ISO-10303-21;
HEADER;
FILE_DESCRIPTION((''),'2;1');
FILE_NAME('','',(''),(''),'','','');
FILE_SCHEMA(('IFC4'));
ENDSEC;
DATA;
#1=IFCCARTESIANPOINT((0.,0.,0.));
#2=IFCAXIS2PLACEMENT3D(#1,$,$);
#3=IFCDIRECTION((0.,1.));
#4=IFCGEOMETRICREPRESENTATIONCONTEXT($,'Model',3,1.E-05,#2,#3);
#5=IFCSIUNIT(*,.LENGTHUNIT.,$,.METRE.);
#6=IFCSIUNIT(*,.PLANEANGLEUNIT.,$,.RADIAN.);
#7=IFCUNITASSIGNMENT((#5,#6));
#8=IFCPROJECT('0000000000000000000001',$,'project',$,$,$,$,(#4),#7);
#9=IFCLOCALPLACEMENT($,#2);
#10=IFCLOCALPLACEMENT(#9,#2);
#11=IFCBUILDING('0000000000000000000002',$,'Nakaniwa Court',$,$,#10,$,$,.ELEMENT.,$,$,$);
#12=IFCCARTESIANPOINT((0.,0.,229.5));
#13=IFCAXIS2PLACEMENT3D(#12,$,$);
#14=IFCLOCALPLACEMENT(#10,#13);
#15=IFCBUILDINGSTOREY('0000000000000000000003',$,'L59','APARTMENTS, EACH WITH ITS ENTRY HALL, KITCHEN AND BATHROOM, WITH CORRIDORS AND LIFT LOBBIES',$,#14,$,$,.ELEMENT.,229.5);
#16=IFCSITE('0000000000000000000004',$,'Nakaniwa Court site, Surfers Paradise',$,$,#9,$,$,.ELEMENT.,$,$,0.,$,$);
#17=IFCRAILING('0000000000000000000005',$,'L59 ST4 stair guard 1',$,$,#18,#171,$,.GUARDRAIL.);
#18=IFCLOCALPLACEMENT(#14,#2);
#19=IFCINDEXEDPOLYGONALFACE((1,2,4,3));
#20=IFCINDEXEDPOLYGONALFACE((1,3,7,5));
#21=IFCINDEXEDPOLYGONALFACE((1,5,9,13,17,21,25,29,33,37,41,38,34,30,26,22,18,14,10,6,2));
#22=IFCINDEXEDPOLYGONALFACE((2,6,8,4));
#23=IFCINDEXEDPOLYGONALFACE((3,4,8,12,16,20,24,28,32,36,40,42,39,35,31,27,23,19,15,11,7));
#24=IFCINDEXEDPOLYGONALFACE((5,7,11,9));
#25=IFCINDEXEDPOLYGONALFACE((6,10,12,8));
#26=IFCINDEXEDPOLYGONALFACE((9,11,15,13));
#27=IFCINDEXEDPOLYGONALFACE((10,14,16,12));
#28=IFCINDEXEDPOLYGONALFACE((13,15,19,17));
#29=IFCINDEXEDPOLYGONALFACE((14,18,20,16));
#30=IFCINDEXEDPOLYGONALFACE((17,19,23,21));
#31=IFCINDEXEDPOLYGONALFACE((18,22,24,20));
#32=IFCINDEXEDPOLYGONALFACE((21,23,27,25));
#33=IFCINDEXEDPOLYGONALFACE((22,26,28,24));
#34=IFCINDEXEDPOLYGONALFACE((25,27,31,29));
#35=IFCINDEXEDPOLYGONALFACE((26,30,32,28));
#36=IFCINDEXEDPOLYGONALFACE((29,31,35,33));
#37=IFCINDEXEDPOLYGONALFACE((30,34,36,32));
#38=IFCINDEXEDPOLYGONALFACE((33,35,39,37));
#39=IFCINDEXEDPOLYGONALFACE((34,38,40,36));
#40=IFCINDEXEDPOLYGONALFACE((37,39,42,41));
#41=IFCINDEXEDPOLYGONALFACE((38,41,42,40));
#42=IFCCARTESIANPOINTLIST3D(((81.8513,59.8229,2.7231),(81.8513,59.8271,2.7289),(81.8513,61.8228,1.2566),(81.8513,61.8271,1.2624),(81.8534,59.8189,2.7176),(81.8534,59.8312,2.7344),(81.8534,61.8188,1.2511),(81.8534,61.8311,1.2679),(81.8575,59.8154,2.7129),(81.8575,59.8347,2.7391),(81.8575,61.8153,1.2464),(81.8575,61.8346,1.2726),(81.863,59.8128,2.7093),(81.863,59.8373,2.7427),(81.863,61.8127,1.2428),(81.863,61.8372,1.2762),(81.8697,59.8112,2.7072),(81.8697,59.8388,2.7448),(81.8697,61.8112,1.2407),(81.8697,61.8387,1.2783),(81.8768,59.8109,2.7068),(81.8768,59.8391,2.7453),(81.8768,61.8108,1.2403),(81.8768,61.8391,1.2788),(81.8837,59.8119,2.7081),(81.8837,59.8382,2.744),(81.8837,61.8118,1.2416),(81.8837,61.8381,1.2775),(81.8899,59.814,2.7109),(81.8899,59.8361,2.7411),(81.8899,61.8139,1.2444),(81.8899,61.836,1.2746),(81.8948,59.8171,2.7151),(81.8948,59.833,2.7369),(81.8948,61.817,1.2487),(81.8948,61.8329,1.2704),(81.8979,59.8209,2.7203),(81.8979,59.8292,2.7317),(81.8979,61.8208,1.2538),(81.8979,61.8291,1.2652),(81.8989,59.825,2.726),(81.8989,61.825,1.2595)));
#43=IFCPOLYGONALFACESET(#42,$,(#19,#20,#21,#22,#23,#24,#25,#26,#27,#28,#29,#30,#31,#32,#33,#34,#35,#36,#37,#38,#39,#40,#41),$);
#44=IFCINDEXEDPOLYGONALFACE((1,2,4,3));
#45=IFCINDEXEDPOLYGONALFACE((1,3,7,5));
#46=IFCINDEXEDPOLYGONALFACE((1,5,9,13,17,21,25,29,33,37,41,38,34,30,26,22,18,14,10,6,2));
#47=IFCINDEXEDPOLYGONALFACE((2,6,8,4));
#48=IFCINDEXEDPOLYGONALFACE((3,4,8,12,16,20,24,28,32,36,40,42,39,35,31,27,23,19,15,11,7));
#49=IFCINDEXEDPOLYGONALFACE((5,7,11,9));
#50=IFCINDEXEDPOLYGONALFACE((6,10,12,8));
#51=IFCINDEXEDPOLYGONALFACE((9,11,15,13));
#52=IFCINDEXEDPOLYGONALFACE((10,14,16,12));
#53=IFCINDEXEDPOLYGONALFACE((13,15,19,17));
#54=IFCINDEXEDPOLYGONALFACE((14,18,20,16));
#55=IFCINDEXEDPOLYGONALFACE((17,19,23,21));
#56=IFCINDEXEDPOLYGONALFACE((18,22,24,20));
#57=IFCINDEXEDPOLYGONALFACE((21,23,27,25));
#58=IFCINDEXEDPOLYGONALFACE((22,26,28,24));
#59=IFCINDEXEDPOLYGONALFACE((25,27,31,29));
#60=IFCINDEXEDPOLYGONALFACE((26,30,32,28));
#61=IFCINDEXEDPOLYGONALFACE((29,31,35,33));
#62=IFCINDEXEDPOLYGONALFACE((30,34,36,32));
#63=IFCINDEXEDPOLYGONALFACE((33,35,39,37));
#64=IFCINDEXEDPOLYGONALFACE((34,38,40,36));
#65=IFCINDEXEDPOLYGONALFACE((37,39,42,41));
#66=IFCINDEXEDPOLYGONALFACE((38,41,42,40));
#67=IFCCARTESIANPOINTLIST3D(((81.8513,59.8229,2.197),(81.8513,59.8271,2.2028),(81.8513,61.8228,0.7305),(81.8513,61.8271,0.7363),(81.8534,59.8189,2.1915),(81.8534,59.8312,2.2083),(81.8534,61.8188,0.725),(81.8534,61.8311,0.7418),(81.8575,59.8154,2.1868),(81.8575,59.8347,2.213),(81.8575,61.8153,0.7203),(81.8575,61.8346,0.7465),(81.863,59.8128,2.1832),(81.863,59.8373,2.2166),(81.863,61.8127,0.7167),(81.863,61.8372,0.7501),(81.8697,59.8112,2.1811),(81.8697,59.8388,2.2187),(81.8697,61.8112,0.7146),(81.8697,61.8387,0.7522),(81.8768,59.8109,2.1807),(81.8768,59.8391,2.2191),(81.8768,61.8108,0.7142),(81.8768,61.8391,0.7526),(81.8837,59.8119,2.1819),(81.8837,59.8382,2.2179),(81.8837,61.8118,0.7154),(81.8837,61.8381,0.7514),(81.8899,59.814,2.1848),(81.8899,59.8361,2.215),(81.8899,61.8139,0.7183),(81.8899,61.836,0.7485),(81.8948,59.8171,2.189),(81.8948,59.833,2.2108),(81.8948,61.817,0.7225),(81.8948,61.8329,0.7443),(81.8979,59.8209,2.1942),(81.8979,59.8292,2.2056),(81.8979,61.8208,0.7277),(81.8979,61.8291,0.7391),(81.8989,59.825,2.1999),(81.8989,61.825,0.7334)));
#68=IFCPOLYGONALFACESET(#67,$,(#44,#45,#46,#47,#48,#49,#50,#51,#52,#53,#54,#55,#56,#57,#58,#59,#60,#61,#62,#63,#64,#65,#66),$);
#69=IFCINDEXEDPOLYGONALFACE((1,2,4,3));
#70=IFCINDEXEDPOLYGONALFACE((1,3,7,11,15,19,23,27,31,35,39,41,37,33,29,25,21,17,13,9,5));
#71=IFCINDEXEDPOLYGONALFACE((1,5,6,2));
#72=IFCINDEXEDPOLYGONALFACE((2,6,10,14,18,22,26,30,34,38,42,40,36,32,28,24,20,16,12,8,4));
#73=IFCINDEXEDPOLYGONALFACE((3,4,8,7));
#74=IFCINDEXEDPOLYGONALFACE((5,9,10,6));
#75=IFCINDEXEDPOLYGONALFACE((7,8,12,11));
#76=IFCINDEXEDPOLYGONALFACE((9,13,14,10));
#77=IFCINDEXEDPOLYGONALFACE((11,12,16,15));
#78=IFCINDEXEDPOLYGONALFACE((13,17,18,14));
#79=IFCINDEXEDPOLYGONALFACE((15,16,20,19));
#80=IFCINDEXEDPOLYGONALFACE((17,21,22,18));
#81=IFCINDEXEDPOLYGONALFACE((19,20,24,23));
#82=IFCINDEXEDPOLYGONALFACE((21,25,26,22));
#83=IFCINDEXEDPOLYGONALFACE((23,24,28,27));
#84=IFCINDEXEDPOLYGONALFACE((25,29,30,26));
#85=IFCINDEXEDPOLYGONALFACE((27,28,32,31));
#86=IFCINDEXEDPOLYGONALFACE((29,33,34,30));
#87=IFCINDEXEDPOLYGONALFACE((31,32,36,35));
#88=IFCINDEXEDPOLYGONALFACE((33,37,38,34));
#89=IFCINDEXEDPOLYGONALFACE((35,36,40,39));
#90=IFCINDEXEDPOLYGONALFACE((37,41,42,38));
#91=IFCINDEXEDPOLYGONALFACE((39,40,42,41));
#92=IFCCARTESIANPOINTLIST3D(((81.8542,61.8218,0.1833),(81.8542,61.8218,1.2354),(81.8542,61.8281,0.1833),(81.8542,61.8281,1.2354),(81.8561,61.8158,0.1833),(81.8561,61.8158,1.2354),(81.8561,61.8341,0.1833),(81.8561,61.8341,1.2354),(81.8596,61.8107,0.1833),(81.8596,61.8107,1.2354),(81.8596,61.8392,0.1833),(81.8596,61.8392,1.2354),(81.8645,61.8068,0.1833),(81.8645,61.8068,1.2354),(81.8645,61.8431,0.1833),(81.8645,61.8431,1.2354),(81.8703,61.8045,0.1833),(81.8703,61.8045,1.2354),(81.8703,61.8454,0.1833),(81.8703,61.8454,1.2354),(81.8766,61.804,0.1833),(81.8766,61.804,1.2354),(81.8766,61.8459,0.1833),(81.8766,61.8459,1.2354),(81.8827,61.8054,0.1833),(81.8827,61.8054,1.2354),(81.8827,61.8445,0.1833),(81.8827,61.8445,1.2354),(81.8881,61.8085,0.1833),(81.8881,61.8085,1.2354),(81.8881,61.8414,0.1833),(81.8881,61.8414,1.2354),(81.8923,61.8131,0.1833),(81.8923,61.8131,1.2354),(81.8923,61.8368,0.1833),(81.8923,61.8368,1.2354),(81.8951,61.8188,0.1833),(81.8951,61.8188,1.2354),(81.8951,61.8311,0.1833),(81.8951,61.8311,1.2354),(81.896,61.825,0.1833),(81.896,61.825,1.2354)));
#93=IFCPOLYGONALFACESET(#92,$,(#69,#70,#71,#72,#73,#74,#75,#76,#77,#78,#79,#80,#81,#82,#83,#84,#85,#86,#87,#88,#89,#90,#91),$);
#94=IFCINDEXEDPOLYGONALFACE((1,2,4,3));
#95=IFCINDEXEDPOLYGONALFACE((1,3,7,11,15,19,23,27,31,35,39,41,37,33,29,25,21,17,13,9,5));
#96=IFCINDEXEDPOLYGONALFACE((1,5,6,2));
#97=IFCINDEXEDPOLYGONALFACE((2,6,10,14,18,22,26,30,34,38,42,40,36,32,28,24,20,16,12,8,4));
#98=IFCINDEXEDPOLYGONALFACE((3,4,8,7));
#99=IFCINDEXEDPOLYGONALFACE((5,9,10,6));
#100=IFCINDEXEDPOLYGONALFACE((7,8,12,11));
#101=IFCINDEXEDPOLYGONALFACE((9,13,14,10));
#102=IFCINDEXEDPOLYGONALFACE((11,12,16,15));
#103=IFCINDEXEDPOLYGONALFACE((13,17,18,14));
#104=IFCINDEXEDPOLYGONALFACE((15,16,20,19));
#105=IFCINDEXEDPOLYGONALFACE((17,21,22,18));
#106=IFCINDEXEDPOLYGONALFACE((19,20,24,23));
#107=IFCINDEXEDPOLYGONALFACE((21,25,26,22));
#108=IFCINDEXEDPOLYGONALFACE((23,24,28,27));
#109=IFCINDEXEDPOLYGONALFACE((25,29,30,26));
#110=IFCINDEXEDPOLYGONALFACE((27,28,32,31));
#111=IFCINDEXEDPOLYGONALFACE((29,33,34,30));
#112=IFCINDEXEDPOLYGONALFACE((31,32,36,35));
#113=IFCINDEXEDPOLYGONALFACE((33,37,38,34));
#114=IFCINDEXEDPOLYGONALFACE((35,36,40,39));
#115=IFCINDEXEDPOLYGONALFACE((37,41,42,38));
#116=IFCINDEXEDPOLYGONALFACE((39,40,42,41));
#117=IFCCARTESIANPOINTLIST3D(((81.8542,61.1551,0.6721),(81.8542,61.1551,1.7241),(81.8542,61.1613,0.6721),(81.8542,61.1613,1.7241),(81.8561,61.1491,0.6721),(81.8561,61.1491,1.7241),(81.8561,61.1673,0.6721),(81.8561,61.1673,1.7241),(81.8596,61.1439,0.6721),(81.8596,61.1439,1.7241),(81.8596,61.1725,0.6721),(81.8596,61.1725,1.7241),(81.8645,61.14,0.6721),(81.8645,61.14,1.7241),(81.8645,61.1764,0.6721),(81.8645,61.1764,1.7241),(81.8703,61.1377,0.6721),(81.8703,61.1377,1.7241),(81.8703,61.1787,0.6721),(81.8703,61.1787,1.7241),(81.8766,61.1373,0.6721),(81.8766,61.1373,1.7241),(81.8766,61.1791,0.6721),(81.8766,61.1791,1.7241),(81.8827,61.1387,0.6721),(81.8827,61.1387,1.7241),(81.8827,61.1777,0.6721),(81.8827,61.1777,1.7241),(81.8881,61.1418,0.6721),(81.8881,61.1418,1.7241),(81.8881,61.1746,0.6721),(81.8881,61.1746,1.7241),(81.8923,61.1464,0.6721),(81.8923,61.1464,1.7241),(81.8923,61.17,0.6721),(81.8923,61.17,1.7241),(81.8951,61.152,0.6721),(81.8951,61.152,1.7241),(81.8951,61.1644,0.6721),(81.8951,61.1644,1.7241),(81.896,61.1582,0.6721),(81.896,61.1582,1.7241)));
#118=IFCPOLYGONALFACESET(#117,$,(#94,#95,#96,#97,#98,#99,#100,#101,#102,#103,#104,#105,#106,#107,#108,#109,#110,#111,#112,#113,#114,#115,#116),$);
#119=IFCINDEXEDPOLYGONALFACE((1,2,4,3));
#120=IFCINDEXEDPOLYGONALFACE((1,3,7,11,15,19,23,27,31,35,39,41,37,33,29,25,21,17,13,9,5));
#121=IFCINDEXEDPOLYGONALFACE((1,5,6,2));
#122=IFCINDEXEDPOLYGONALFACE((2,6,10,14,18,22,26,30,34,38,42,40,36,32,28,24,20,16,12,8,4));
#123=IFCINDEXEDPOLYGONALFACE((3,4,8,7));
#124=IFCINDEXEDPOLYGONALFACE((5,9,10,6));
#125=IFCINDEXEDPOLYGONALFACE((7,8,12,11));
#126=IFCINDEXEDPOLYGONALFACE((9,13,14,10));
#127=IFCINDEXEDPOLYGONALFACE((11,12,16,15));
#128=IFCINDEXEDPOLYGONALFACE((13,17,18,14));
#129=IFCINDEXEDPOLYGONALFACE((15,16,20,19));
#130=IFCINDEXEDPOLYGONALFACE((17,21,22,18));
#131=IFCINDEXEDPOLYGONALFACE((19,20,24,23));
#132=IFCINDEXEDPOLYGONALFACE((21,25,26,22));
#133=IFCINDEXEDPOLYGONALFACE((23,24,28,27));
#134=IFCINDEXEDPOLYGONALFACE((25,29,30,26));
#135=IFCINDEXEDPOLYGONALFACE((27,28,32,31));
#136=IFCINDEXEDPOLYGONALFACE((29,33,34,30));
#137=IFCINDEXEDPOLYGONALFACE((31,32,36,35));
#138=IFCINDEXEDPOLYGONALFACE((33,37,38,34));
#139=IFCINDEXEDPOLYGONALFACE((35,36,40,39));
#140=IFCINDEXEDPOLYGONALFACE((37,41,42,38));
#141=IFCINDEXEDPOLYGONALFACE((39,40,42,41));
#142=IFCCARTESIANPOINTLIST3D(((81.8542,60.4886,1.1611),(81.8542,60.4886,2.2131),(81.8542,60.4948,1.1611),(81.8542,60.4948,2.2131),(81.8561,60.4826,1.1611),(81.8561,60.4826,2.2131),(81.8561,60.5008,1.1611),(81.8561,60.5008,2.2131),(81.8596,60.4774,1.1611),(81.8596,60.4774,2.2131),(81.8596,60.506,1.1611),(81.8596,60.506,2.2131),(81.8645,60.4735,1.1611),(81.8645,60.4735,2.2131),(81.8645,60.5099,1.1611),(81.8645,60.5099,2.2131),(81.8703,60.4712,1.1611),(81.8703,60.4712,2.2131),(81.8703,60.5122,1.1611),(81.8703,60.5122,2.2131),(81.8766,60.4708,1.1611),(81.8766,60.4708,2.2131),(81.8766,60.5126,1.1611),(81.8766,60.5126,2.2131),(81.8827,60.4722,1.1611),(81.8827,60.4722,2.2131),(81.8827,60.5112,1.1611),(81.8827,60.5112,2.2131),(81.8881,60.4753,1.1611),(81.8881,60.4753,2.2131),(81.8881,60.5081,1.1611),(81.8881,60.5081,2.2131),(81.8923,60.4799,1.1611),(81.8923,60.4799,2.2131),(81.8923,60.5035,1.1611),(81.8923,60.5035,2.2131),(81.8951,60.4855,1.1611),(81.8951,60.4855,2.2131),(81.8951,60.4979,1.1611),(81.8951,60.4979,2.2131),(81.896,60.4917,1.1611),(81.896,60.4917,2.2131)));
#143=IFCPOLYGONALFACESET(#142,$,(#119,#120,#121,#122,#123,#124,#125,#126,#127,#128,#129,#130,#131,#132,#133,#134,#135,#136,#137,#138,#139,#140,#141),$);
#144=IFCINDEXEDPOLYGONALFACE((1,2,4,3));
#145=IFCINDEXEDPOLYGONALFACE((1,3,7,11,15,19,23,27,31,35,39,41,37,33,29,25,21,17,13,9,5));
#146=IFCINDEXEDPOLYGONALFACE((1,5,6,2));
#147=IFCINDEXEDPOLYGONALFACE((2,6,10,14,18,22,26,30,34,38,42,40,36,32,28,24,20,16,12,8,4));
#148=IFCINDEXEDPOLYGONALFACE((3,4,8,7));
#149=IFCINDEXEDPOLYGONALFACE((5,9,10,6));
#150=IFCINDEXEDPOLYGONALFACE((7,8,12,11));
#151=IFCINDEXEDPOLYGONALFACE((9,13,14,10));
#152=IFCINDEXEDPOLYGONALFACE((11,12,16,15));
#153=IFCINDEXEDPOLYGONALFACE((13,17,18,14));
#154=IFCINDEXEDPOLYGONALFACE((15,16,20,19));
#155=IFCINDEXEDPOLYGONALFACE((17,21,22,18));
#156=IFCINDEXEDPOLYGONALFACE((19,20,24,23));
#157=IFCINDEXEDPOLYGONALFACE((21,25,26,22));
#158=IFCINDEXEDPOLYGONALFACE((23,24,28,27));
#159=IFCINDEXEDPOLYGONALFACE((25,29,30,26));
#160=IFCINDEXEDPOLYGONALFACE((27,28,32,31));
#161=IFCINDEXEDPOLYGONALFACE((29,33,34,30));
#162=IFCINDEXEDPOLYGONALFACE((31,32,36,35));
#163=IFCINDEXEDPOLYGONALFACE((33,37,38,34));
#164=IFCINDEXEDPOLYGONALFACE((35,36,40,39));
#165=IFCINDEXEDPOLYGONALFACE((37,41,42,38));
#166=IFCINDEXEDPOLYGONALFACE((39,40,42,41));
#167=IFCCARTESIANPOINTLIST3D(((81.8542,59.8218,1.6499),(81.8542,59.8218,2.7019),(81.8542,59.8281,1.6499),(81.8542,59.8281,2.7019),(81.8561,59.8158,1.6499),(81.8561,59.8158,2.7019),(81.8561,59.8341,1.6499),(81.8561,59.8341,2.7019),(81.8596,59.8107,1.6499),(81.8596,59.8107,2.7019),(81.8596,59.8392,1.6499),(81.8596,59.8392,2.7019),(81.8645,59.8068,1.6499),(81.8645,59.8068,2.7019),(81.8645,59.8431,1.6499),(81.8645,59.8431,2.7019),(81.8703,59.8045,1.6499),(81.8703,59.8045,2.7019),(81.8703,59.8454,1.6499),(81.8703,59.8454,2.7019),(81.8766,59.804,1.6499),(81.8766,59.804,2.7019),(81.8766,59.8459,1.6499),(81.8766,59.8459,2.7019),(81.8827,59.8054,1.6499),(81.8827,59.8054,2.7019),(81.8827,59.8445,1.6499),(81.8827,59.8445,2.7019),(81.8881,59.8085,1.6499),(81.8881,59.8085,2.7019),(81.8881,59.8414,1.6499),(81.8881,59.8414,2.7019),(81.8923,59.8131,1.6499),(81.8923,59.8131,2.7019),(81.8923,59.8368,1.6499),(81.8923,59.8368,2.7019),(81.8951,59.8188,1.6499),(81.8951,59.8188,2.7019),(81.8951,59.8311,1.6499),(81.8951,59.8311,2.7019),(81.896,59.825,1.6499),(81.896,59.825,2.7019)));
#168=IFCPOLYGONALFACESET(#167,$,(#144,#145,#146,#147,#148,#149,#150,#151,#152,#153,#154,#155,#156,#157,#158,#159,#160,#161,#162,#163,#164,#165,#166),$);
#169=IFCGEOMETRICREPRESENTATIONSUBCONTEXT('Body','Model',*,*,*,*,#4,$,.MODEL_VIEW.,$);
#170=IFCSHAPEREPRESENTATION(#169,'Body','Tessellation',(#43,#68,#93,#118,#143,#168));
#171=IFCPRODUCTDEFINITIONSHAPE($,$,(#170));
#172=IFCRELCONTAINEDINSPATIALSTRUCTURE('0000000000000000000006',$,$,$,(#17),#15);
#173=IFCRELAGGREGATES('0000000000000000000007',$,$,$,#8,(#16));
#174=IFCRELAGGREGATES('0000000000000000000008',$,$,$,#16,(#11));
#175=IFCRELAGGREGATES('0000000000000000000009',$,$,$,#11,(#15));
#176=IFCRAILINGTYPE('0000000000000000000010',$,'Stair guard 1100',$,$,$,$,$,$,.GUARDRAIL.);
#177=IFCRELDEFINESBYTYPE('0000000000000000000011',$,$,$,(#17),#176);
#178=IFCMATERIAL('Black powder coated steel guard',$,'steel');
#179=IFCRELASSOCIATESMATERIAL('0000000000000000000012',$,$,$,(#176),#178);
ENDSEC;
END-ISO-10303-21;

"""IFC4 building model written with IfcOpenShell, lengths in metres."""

from ifc_helpers import new_model, si_unit, direction, frame, origin, origin_2d, place, context, subcontext, project, spatial, circle, extrude, material, type_object, element, save


model = new_model("IFC4")

# Units and contexts
model_context = context("Model", 3, precision=1e-05, world=origin(), true_north=direction((0.0, 1.0)))
body_context = subcontext(model_context, "Body", "Model", "MODEL_VIEW")
ifc_project = project(units=[si_unit("LENGTHUNIT", "METRE"), si_unit("PLANEANGLEUNIT", "RADIAN")], contexts=[model_context])

# Site, building, storey
site_placement = place(None, origin())
site = spatial("IfcSite", under=ifc_project, at=site_placement, Name="Nakaniwa Court site, Surfers Paradise", CompositionType="ELEMENT", RefElevation=0.0)
building_placement = place(site_placement, origin())
building = spatial("IfcBuilding", under=site, at=building_placement, Name="Nakaniwa Court", CompositionType="ELEMENT")
storey_placement = place(building_placement, frame((0.0, 0.0, 229.5)))
storey = spatial("IfcBuildingStorey", under=building, at=storey_placement, Name="L59", Description="APARTMENTS, EACH WITH ITS ENTRY HALL, KITCHEN AND BATHROOM, WITH CORRIDORS AND LIFT LOBBIES", CompositionType="ELEMENT", Elevation=229.5)

# Railing
ifc_material_1 = material(Name="Black powder coated steel guard", Category="steel")
railing_type_1 = type_object("IfcRailingType", Name="Stair guard 1100", PredefinedType="GUARDRAIL", material=ifc_material_1)
railing_1_placement = place(storey_placement, frame((81.875, 61.825, 0.1833)))
element("IfcRailing", 1, at=railing_1_placement, inside=storey, type_object=railing_type_1, Name="L59 ST4 stair guard 1", PredefinedType="GUARDRAIL", context=body_context, shape_type="SweptSolid", body=[
    extrude(circle(Radius=0.0239, at=origin_2d()), frame((0.0, 0.0, 1.0762), z_axis=(0.0, -0.806427, 0.591334), x_axis=(1.0, 0.0, 0.0)), (0.0, 0.0, 1.0), 2.48),
    extrude(circle(Radius=0.0239, at=origin_2d()), frame((0.0, 0.0, 0.55), z_axis=(0.0, -0.806427, 0.591334), x_axis=(1.0, 0.0, 0.0)), (0.0, 0.0, 1.0), 2.48),
    extrude(circle(Radius=0.021, at=origin_2d()), origin(), (0.0, 0.0, 1.0), 1.052),
    extrude(circle(Radius=0.021, at=origin_2d()), frame((0.0, -0.6667, 0.4888)), (0.0, 0.0, 1.0), 1.052),
    extrude(circle(Radius=0.021, at=origin_2d()), frame((0.0, -1.3333, 0.9778)), (0.0, 0.0, 1.0), 1.052),
    extrude(circle(Radius=0.021, at=origin_2d()), frame((0.0, -2.0, 1.4666)), (0.0, 0.0, 1.0), 1.052),
])

save(model, "model.ifc")
